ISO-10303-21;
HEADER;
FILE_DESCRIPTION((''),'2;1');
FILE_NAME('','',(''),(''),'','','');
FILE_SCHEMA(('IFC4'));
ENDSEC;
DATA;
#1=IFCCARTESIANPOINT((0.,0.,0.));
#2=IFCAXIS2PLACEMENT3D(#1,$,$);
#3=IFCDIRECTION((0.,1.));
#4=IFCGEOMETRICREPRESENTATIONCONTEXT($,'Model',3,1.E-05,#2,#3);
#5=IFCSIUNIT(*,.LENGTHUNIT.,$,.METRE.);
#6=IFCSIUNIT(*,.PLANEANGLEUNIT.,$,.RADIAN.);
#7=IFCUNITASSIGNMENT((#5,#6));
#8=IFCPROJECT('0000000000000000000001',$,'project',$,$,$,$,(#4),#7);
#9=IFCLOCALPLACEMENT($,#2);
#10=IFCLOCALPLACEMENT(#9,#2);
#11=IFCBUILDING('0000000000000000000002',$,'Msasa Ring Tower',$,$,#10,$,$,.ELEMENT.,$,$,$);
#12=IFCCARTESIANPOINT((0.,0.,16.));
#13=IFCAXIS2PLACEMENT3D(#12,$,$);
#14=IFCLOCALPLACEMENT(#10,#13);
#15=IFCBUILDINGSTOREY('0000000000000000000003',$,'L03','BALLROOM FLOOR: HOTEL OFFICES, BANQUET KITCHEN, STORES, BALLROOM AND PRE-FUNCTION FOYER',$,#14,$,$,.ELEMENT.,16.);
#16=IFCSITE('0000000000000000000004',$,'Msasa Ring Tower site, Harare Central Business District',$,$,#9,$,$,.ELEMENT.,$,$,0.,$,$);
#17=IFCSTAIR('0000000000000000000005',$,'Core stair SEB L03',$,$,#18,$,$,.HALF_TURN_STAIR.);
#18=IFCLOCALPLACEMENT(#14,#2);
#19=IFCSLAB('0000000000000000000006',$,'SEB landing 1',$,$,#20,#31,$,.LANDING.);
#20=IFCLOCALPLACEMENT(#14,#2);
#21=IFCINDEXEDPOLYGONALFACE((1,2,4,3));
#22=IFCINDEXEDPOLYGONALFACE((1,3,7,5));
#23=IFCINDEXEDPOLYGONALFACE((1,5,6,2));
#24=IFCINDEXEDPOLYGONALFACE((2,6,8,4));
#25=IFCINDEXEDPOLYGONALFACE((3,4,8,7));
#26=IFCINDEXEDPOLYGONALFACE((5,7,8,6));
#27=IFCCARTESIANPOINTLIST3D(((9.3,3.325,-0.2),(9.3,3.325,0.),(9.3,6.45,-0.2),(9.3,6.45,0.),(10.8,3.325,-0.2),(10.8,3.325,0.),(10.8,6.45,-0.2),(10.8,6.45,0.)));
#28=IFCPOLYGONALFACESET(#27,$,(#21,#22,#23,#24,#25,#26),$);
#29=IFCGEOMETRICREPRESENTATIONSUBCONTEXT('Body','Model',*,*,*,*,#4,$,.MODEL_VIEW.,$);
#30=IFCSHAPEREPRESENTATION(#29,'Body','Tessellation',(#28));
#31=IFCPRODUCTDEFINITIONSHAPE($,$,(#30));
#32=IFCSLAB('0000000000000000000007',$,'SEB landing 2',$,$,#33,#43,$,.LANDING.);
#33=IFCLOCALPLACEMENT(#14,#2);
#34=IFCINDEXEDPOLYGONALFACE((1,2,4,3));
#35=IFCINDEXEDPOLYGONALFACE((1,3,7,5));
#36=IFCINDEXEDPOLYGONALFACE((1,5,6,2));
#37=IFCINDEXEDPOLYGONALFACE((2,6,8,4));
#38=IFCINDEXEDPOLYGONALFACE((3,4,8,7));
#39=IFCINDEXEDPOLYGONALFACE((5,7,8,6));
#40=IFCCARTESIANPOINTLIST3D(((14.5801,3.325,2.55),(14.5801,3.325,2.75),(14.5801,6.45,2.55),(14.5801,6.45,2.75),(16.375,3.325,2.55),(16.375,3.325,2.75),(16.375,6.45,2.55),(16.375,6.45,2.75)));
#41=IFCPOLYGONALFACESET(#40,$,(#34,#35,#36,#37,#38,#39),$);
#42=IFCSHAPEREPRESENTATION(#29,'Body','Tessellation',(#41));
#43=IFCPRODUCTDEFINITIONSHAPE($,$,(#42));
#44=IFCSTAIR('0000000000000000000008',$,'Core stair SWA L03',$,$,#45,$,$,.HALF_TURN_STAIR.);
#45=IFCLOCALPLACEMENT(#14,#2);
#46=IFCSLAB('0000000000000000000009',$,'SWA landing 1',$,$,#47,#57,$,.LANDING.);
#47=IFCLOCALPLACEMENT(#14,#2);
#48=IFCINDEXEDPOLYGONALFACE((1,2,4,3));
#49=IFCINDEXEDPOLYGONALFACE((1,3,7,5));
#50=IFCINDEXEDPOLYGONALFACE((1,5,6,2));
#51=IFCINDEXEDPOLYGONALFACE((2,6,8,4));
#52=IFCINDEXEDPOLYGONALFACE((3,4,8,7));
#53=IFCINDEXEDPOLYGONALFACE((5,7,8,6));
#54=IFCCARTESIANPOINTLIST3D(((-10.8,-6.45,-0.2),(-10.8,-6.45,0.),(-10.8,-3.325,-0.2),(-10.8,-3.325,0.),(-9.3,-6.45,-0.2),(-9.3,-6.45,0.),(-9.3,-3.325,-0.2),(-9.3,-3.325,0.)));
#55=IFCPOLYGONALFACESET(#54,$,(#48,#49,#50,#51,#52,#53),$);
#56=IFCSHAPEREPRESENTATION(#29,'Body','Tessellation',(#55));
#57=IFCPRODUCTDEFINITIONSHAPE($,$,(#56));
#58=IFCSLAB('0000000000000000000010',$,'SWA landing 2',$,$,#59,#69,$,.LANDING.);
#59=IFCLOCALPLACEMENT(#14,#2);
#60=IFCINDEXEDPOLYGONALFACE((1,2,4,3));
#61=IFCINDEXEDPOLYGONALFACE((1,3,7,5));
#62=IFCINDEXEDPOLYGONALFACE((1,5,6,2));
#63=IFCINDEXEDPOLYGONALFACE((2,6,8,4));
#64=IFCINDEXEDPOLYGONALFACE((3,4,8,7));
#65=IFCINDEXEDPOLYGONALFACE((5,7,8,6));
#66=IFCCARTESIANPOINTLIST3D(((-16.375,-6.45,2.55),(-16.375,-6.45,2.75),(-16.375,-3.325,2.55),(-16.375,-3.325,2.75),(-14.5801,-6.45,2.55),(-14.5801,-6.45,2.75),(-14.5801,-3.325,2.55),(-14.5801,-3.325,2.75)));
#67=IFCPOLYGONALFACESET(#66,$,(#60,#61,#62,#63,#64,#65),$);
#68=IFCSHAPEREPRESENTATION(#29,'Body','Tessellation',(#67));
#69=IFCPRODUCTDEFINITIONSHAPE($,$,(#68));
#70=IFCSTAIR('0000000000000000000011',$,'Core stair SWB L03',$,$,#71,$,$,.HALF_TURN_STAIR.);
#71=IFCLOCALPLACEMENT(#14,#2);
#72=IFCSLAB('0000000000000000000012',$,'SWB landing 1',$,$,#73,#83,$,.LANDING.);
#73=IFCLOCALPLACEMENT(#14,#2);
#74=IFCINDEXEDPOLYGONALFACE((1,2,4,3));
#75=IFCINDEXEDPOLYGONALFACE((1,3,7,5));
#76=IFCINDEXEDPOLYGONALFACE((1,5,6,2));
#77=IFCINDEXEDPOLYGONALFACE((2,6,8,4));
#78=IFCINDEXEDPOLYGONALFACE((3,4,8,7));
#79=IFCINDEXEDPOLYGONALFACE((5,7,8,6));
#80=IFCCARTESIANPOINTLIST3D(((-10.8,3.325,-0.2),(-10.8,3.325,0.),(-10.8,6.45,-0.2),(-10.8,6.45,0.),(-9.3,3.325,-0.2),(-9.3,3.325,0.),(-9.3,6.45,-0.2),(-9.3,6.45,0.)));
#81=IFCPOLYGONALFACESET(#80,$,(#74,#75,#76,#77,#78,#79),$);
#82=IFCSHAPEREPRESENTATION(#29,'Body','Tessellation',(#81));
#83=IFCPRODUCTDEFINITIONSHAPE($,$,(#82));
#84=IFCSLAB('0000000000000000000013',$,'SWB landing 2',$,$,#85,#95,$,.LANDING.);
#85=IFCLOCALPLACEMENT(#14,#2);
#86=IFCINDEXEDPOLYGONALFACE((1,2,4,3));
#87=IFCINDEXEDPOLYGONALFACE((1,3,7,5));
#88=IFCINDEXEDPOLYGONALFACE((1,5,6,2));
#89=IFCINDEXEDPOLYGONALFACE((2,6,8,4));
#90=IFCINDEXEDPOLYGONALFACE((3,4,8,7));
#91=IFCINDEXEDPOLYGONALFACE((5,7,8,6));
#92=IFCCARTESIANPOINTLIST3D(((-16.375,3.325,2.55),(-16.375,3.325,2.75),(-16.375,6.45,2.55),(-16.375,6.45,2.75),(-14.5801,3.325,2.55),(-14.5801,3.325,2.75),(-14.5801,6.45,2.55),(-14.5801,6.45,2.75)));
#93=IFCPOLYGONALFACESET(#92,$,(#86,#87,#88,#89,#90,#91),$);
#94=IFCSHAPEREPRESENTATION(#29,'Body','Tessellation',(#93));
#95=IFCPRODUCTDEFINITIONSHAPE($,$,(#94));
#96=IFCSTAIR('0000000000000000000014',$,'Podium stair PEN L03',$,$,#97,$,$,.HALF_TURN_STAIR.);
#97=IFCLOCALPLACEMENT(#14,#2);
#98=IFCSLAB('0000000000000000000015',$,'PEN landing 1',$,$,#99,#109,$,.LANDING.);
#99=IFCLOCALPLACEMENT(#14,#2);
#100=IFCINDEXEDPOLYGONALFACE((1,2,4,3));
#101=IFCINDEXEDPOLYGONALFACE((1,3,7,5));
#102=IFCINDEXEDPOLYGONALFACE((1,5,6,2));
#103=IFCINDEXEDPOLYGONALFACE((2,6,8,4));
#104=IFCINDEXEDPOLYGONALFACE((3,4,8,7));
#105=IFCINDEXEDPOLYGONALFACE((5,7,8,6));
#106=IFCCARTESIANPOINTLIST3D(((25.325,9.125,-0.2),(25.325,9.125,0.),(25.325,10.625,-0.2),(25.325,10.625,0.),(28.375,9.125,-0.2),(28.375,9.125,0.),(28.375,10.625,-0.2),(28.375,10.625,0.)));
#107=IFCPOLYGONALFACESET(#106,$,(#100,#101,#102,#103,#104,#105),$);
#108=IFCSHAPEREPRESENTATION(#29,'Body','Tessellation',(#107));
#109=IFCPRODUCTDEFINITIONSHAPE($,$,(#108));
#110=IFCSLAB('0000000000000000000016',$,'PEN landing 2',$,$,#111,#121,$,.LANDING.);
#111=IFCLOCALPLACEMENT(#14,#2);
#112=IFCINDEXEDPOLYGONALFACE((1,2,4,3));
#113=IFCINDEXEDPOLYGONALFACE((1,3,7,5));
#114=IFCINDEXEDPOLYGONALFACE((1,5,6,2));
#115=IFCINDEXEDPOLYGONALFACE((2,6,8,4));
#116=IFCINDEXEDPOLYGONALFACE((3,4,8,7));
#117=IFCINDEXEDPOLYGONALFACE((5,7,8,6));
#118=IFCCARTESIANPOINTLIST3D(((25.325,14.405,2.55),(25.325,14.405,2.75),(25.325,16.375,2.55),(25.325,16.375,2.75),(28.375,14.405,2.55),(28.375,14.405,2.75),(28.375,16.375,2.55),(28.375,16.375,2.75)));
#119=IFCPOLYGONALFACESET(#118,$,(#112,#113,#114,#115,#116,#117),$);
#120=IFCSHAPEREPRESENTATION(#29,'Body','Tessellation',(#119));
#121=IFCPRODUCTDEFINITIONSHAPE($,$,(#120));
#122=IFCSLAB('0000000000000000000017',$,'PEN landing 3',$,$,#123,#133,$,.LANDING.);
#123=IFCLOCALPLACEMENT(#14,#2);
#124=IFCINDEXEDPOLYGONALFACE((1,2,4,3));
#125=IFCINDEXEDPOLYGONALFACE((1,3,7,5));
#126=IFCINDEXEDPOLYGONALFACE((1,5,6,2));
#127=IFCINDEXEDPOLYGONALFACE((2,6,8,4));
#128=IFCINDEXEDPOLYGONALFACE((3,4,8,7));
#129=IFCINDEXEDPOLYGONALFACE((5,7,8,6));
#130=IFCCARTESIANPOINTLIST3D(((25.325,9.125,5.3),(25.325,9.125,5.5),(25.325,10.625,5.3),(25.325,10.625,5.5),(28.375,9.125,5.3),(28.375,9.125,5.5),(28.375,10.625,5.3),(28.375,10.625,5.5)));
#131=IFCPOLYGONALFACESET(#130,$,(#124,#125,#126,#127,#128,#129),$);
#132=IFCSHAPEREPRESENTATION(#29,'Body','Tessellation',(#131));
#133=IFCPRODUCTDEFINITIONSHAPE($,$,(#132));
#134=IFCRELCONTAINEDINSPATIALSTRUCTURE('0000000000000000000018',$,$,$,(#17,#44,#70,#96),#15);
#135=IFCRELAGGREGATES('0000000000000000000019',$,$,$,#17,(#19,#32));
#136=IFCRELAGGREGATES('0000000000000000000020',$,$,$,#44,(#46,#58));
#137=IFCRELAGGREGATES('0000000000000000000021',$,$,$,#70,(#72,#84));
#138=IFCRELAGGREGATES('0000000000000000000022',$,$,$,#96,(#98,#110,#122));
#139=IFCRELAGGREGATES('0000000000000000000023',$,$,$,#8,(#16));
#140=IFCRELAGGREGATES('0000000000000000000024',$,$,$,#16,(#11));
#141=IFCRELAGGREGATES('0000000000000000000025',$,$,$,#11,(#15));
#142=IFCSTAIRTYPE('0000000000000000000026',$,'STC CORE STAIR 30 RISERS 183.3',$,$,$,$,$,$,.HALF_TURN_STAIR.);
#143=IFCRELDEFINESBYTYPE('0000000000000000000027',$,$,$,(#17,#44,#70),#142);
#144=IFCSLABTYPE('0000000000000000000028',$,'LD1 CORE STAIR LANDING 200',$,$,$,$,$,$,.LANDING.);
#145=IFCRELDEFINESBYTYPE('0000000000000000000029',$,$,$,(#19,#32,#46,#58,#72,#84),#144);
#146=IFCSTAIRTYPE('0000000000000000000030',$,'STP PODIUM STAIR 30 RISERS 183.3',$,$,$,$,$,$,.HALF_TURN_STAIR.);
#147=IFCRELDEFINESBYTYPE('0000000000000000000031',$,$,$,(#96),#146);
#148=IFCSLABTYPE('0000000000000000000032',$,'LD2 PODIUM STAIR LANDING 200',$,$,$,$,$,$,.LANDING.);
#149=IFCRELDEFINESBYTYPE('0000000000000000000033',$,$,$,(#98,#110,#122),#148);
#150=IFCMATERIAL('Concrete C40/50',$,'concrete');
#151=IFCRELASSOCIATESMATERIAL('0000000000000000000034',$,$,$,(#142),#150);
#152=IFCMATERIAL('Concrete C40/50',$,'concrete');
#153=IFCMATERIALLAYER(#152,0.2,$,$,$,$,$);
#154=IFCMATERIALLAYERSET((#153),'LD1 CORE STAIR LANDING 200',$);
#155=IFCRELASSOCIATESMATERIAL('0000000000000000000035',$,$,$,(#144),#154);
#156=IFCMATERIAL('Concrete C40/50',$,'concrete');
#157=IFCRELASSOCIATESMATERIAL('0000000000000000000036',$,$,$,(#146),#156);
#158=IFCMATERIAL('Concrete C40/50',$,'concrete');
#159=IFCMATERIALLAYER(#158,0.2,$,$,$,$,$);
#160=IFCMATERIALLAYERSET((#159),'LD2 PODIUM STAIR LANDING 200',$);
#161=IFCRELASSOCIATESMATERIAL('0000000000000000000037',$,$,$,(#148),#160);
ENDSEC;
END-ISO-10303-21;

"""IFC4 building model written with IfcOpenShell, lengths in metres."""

from ifc_helpers import new_model, si_unit, direction, frame, origin, place, context, subcontext, project, spatial, polyline, outline, extrude, material, layer, layer_set, type_object, element, aggregate, save


model = new_model("IFC4")

# Units and contexts
model_context = context("Model", 3, precision=1e-05, world=origin(), true_north=direction((0.0, 1.0)))
body_context = subcontext(model_context, "Body", "Model", "MODEL_VIEW")
ifc_project = project(units=[si_unit("LENGTHUNIT", "METRE"), si_unit("PLANEANGLEUNIT", "RADIAN")], contexts=[model_context])

# Site, building, storey
site_placement = place(None, origin())
site = spatial("IfcSite", under=ifc_project, at=site_placement, Name="Msasa Ring Tower site, Harare Central Business District", CompositionType="ELEMENT", RefElevation=0.0)
building_placement = place(site_placement, origin())
building = spatial("IfcBuilding", under=site, at=building_placement, Name="Msasa Ring Tower", CompositionType="ELEMENT")
storey_placement = place(building_placement, frame((0.0, 0.0, 16.0)))
storey = spatial("IfcBuildingStorey", under=building, at=storey_placement, Name="L03", Description="BALLROOM FLOOR: HOTEL OFFICES, BANQUET KITCHEN, STORES, BALLROOM AND PRE-FUNCTION FOYER", CompositionType="ELEMENT", Elevation=16.0)

# Stairs, slabs
ifc_material_1 = material(Name="Concrete C40/50", Category="concrete")
stair_type_1 = type_object("IfcStairType", Name="STC CORE STAIR 30 RISERS 183.3", PredefinedType="HALF_TURN_STAIR", material=ifc_material_1)
ifc_material_2 = material(Name="Concrete C40/50", Category="concrete")
ifc_layer_1 = layer(ifc_material_2, 0.2)
ifc_layer_set_1 = layer_set([ifc_layer_1], Name="LD1 CORE STAIR LANDING 200")
slab_type_1 = type_object("IfcSlabType", Name="LD1 CORE STAIR LANDING 200", PredefinedType="LANDING", material=ifc_layer_set_1)
stair_1_placement = place(storey_placement, origin())
stair_1 = element("IfcStair", 1, at=stair_1_placement, inside=storey, type_object=stair_type_1, Name="Core stair SEB L03", PredefinedType="HALF_TURN_STAIR")
slab_1_placement = place(storey_placement, frame((0.0, 0.0, -0.2)))
slab_1 = element("IfcSlab", 2, at=slab_1_placement, type_object=slab_type_1, Name="SEB landing 1", PredefinedType="LANDING", context=body_context, shape_type="SweptSolid", body=[
    extrude(outline(polyline([(9.3, 3.325), (10.8, 3.325), (10.8, 6.45), (9.3, 6.45), (9.3, 3.325)])), origin(), (0.0, 0.0, 1.0), 0.2),
])
slab_2_placement = place(storey_placement, frame((0.0, 0.0, 2.55)))
slab_2 = element("IfcSlab", 3, at=slab_2_placement, type_object=slab_type_1, Name="SEB landing 2", PredefinedType="LANDING", context=body_context, shape_type="SweptSolid", body=[
    extrude(outline(polyline([(14.5801, 3.325), (16.375, 3.325), (16.375, 6.45), (14.5801, 6.45), (14.5801, 3.325)])), origin(), (0.0, 0.0, 1.0), 0.2),
])
aggregate(stair_1, [slab_1, slab_2])
stair_2_placement = place(storey_placement, origin())
stair_2 = element("IfcStair", 4, at=stair_2_placement, inside=storey, type_object=stair_type_1, Name="Core stair SWA L03", PredefinedType="HALF_TURN_STAIR")
slab_3_placement = place(storey_placement, frame((0.0, 0.0, -0.2)))
slab_3 = element("IfcSlab", 5, at=slab_3_placement, type_object=slab_type_1, Name="SWA landing 1", PredefinedType="LANDING", context=body_context, shape_type="SweptSolid", body=[
    extrude(outline(polyline([(-10.8, -6.45), (-9.3, -6.45), (-9.3, -3.325), (-10.8, -3.325), (-10.8, -6.45)])), origin(), (0.0, 0.0, 1.0), 0.2),
])
slab_4_placement = place(storey_placement, frame((0.0, 0.0, 2.55)))
slab_4 = element("IfcSlab", 6, at=slab_4_placement, type_object=slab_type_1, Name="SWA landing 2", PredefinedType="LANDING", context=body_context, shape_type="SweptSolid", body=[
    extrude(outline(polyline([(-16.375, -6.45), (-14.5801, -6.45), (-14.5801, -3.325), (-16.375, -3.325), (-16.375, -6.45)])), origin(), (0.0, 0.0, 1.0), 0.2),
])
aggregate(stair_2, [slab_3, slab_4])
stair_3_placement = place(storey_placement, origin())
stair_3 = element("IfcStair", 7, at=stair_3_placement, inside=storey, type_object=stair_type_1, Name="Core stair SWB L03", PredefinedType="HALF_TURN_STAIR")
slab_5_placement = place(storey_placement, frame((0.0, 0.0, -0.2)))
slab_5 = element("IfcSlab", 8, at=slab_5_placement, type_object=slab_type_1, Name="SWB landing 1", PredefinedType="LANDING", context=body_context, shape_type="SweptSolid", body=[
    extrude(outline(polyline([(-10.8, 3.325), (-9.3, 3.325), (-9.3, 6.45), (-10.8, 6.45), (-10.8, 3.325)])), origin(), (0.0, 0.0, 1.0), 0.2),
])
slab_6_placement = place(storey_placement, frame((0.0, 0.0, 2.55)))
slab_6 = element("IfcSlab", 9, at=slab_6_placement, type_object=slab_type_1, Name="SWB landing 2", PredefinedType="LANDING", context=body_context, shape_type="SweptSolid", body=[
    extrude(outline(polyline([(-16.375, 3.325), (-14.5801, 3.325), (-14.5801, 6.45), (-16.375, 6.45), (-16.375, 3.325)])), origin(), (0.0, 0.0, 1.0), 0.2),
])
aggregate(stair_3, [slab_5, slab_6])
ifc_material_3 = material(Name="Concrete C40/50", Category="concrete")
stair_type_2 = type_object("IfcStairType", Name="STP PODIUM STAIR 30 RISERS 183.3", PredefinedType="HALF_TURN_STAIR", material=ifc_material_3)
stair_4_placement = place(storey_placement, origin())
stair_4 = element("IfcStair", 10, at=stair_4_placement, inside=storey, type_object=stair_type_2, Name="Podium stair PEN L03", PredefinedType="HALF_TURN_STAIR")
ifc_material_4 = material(Name="Concrete C40/50", Category="concrete")
ifc_layer_2 = layer(ifc_material_4, 0.2)
ifc_layer_set_2 = layer_set([ifc_layer_2], Name="LD2 PODIUM STAIR LANDING 200")
slab_type_2 = type_object("IfcSlabType", Name="LD2 PODIUM STAIR LANDING 200", PredefinedType="LANDING", material=ifc_layer_set_2)
slab_7_placement = place(storey_placement, frame((0.0, 0.0, -0.2)))
slab_7 = element("IfcSlab", 11, at=slab_7_placement, type_object=slab_type_2, Name="PEN landing 1", PredefinedType="LANDING", context=body_context, shape_type="SweptSolid", body=[
    extrude(outline(polyline([(25.325, 9.125), (28.375, 9.125), (28.375, 10.625), (25.325, 10.625), (25.325, 9.125)])), origin(), (0.0, 0.0, 1.0), 0.2),
])
slab_8_placement = place(storey_placement, frame((0.0, 0.0, 2.55)))
slab_8 = element("IfcSlab", 12, at=slab_8_placement, type_object=slab_type_2, Name="PEN landing 2", PredefinedType="LANDING", context=body_context, shape_type="SweptSolid", body=[
    extrude(outline(polyline([(25.325, 14.405), (28.375, 14.405), (28.375, 16.375), (25.325, 16.375), (25.325, 14.405)])), origin(), (0.0, 0.0, 1.0), 0.2),
])
slab_9_placement = place(storey_placement, frame((0.0, 0.0, 5.3)))
slab_9 = element("IfcSlab", 13, at=slab_9_placement, type_object=slab_type_2, Name="PEN landing 3", PredefinedType="LANDING", context=body_context, shape_type="SweptSolid", body=[
    extrude(outline(polyline([(25.325, 9.125), (28.375, 9.125), (28.375, 10.625), (25.325, 10.625), (25.325, 9.125)])), origin(), (0.0, 0.0, 1.0), 0.2),
])
aggregate(stair_4, [slab_7, slab_8, slab_9])

save(model, "model.ifc")
